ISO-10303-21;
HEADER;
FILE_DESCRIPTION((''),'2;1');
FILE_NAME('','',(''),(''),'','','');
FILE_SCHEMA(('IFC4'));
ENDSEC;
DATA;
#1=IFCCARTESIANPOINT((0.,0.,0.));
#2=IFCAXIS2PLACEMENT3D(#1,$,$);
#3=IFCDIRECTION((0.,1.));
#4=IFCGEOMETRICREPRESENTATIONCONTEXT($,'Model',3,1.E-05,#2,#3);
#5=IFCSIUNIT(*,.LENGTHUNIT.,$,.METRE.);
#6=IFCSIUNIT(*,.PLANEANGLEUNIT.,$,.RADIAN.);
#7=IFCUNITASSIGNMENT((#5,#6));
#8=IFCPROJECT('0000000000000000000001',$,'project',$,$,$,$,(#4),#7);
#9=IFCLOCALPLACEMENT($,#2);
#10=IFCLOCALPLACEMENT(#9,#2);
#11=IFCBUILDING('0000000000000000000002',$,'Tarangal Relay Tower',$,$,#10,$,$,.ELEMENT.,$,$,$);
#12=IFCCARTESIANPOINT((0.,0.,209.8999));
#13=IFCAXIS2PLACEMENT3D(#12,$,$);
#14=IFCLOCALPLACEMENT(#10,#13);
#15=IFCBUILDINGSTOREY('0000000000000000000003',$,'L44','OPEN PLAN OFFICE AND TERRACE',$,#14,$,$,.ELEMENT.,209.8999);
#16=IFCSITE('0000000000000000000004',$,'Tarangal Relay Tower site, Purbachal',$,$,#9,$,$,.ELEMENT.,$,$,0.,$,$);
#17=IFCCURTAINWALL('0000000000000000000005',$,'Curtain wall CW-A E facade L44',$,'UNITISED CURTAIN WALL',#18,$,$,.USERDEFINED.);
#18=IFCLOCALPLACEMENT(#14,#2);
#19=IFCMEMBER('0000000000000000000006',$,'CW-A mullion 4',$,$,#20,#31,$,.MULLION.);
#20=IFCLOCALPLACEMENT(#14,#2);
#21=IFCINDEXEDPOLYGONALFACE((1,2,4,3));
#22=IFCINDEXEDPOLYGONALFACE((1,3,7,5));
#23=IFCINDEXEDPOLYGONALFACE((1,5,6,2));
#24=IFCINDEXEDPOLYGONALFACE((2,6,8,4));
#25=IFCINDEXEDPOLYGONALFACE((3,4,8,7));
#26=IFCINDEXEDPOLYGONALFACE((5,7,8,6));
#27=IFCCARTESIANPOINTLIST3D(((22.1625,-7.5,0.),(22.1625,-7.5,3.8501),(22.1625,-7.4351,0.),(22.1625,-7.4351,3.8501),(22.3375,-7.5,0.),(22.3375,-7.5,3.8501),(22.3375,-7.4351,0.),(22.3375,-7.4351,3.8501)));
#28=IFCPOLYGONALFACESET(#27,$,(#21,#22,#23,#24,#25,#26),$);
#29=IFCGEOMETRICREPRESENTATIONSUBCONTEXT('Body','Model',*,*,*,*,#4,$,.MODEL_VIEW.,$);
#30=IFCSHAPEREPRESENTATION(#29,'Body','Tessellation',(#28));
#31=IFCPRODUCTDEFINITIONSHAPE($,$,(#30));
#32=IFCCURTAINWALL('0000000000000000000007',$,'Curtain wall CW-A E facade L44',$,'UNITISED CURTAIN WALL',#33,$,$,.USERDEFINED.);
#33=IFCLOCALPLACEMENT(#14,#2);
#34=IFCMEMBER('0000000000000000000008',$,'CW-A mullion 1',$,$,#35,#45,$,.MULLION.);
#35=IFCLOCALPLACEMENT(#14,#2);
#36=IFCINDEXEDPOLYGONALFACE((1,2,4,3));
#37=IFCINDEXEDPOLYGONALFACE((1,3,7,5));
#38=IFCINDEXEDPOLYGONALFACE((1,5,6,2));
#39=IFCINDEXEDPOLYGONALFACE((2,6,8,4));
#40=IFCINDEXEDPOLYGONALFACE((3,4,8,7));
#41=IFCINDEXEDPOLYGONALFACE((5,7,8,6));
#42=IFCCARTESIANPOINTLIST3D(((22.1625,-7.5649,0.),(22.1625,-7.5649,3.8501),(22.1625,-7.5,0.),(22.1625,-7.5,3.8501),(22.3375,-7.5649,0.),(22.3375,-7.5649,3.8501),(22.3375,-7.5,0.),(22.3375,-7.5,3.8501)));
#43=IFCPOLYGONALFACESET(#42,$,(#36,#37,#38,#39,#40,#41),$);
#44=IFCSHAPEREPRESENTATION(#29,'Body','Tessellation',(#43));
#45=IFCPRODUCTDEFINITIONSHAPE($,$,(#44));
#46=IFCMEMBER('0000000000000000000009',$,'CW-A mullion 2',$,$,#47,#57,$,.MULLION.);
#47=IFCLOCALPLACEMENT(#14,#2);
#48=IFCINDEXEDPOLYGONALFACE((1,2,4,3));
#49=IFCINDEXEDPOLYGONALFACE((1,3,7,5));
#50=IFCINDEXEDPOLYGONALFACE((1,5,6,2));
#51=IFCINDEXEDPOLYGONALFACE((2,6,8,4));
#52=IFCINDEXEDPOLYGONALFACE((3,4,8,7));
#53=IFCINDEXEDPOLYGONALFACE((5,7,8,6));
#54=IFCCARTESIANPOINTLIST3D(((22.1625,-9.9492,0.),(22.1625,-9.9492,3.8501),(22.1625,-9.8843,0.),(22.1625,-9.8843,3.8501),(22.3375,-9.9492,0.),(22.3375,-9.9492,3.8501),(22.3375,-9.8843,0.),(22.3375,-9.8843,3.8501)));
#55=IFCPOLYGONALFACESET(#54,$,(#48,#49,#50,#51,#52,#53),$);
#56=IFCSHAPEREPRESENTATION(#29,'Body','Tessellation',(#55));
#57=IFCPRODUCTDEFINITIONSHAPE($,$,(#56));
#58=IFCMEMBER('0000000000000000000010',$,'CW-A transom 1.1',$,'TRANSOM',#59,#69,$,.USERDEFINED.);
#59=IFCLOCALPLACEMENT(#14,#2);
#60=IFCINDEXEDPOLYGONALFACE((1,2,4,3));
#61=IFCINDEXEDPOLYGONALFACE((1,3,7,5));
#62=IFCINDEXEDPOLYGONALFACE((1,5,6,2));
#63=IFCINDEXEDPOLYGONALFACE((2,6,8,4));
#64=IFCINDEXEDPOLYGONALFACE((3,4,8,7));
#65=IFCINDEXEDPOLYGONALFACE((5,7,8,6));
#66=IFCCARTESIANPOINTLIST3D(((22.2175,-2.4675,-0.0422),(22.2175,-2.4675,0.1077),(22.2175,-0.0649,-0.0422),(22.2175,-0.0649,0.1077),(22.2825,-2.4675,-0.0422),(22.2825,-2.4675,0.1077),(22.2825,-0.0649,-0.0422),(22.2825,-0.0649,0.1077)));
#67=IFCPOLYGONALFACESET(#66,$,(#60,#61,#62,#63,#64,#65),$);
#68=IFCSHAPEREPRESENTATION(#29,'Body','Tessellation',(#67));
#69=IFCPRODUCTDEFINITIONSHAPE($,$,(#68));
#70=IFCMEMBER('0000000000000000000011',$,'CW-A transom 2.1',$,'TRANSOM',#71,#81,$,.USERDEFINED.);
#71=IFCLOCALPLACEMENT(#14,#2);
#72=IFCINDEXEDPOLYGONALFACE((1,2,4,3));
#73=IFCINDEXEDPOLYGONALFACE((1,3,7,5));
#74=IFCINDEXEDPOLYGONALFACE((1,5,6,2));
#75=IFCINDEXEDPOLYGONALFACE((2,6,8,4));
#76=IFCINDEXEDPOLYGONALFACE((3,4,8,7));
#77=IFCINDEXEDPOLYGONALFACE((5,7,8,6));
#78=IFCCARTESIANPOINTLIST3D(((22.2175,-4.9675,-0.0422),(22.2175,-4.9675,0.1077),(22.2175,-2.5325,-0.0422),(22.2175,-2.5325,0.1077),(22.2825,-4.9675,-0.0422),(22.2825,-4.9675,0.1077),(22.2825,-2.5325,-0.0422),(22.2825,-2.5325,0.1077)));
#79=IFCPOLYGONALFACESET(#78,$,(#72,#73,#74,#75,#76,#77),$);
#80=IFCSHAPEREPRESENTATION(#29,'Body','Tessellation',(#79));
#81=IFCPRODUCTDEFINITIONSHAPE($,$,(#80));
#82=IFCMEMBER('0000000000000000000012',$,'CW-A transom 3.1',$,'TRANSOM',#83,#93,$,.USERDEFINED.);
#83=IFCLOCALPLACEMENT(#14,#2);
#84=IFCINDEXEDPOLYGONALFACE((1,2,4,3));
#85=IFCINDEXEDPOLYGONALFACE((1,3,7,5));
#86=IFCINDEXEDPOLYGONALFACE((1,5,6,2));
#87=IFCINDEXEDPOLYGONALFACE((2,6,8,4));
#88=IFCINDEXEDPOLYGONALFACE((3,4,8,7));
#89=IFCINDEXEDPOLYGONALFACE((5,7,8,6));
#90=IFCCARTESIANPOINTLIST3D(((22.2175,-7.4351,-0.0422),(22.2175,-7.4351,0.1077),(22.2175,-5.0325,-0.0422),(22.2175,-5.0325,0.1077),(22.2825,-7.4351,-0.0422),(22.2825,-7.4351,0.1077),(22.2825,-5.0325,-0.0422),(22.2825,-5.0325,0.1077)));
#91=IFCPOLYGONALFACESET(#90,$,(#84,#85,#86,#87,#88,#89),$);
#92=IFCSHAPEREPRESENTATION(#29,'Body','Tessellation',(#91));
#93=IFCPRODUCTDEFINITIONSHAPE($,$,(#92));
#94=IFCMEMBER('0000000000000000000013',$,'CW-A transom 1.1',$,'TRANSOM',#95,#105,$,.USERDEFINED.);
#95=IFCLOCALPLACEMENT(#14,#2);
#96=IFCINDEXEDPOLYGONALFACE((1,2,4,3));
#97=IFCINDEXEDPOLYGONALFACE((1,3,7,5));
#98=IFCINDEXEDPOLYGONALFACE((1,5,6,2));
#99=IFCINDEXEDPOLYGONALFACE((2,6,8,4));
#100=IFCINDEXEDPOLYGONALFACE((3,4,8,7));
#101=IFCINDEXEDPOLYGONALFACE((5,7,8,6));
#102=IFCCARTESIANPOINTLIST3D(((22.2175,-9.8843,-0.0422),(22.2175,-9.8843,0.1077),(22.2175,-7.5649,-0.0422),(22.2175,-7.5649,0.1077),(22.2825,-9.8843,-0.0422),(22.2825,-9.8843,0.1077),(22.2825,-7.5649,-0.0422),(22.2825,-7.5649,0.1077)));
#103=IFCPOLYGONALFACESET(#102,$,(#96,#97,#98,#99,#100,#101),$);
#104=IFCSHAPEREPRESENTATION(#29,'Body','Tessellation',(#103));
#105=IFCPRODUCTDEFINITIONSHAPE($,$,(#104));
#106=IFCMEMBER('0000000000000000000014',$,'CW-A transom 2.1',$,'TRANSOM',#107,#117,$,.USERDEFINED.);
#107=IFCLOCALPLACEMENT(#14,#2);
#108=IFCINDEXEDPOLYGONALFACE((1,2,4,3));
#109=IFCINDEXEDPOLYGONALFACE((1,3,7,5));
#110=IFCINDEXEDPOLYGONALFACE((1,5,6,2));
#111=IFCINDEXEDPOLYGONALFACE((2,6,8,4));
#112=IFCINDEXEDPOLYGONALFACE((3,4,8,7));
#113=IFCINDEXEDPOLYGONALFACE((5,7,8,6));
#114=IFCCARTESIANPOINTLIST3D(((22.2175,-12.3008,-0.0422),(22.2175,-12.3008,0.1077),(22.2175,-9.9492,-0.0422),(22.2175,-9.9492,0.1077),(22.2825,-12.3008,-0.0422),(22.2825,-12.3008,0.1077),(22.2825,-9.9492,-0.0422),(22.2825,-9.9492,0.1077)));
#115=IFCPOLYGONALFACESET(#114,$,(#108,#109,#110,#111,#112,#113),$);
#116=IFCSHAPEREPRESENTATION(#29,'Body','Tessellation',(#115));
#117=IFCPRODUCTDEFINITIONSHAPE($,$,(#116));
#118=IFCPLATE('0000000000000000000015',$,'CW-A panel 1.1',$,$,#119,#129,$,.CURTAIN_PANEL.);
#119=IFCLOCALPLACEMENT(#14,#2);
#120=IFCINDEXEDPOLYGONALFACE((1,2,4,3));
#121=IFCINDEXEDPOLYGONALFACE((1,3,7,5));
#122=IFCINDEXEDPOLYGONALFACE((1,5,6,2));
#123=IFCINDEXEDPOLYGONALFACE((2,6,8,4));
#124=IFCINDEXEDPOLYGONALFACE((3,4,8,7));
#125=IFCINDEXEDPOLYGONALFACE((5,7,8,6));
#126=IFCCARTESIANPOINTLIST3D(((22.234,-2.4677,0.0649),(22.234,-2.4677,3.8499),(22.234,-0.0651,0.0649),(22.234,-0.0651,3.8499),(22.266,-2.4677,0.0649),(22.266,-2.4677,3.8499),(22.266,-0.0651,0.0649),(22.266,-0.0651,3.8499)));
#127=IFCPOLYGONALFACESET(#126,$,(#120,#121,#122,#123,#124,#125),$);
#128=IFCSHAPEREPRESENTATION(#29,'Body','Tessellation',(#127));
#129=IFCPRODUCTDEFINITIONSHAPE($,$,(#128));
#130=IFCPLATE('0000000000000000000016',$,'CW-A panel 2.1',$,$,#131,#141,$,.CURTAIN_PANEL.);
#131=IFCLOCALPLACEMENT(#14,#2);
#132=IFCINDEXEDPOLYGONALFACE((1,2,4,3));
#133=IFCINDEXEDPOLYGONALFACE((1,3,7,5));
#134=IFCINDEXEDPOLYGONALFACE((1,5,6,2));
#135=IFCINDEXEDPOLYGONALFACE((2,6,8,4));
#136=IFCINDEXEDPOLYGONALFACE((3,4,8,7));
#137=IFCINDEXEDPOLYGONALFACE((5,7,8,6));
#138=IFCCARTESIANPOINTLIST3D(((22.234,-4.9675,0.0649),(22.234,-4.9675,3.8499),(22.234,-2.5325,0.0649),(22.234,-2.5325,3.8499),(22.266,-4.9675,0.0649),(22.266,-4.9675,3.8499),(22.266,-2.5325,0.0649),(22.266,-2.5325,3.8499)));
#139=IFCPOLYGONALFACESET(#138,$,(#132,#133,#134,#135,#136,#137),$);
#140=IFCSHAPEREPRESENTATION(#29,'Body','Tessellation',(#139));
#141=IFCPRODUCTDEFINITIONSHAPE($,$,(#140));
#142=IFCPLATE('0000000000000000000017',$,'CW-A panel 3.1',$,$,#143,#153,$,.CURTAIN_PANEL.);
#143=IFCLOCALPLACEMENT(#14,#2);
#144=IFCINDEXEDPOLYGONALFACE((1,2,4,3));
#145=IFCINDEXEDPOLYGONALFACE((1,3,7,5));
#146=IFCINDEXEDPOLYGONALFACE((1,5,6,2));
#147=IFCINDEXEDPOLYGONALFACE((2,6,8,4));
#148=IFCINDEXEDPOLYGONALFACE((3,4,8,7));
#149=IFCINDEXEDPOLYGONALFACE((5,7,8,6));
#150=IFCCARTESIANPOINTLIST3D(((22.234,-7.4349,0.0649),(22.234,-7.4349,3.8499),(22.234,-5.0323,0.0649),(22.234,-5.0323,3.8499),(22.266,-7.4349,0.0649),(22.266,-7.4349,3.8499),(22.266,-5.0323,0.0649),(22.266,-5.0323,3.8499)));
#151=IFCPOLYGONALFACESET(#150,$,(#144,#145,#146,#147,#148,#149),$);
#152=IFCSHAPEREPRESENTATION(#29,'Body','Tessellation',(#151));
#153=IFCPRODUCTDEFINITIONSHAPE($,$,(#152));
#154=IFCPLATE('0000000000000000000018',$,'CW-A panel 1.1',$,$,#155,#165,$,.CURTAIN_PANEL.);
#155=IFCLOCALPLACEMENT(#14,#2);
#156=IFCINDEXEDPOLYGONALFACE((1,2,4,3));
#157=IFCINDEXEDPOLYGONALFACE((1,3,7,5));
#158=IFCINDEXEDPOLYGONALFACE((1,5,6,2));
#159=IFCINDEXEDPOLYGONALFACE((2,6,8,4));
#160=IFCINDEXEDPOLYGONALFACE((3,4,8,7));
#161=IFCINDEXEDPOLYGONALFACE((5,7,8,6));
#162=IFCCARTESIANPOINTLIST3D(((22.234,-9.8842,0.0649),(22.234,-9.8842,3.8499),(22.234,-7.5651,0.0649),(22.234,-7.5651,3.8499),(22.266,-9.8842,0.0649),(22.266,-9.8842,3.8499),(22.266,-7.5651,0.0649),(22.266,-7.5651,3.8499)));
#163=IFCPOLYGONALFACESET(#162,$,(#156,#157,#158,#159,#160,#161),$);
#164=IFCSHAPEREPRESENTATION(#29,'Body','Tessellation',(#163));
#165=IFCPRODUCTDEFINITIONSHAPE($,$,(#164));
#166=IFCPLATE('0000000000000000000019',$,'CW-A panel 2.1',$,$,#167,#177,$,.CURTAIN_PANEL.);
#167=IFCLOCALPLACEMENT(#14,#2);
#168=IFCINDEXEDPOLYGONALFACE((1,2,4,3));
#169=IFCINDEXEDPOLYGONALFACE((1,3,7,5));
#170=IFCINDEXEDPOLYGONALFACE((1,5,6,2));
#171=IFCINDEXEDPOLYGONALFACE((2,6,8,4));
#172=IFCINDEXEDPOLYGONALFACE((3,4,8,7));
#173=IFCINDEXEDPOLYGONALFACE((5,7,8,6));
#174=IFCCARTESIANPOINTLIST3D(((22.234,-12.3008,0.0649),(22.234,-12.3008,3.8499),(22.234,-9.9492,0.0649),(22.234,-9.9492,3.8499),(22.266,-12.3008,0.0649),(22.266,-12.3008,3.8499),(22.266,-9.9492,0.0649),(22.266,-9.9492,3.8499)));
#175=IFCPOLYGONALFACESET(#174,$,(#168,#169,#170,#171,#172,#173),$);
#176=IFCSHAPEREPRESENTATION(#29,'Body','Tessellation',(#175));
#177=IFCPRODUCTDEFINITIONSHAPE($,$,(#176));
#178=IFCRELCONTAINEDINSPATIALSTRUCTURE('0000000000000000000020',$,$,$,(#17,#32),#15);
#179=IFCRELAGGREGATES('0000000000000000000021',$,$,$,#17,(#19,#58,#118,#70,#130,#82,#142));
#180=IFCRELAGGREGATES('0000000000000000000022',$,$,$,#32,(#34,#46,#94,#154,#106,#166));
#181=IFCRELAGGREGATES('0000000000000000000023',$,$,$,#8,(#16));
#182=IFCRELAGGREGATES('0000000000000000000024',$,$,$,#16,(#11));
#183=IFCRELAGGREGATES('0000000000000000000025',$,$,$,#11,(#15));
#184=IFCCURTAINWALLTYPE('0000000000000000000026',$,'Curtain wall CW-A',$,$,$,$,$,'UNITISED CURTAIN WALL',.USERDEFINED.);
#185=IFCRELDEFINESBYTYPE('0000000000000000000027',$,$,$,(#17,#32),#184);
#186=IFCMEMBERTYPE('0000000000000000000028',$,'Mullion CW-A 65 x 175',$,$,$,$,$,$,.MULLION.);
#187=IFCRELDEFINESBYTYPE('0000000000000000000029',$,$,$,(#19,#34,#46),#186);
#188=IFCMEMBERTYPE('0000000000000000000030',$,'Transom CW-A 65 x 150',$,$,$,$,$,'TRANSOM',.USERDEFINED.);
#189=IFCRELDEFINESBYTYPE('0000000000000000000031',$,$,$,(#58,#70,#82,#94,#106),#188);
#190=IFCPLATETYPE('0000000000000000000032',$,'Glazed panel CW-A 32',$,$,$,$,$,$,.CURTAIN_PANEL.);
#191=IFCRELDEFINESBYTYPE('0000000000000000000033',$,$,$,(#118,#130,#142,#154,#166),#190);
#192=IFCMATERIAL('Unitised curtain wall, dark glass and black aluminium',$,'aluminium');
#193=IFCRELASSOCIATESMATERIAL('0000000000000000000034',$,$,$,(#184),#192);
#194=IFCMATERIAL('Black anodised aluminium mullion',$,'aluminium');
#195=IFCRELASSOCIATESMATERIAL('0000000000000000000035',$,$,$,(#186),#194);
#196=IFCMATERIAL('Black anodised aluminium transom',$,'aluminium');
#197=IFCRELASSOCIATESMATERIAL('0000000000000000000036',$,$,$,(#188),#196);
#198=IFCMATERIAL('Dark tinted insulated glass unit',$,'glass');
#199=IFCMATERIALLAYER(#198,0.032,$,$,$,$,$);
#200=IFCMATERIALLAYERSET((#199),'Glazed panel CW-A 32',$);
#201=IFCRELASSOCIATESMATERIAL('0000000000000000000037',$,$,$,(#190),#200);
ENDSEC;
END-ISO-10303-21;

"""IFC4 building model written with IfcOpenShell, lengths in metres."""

from ifc_helpers import new_model, si_unit, direction, frame, origin, origin_2d, place, context, subcontext, project, spatial, rectangle, extrude, material, layer, layer_set, material_profile, profile_set, type_object, element, aggregate, save


model = new_model("IFC4")

# Units and contexts
model_context = context("Model", 3, precision=1e-05, world=origin(), true_north=direction((0.0, 1.0)))
body_context = subcontext(model_context, "Body", "Model", "MODEL_VIEW")
ifc_project = project(units=[si_unit("LENGTHUNIT", "METRE"), si_unit("PLANEANGLEUNIT", "RADIAN")], contexts=[model_context])

# Site, building, storey
site_placement = place(None, origin())
site = spatial("IfcSite", under=ifc_project, at=site_placement, Name="Tarangal Relay Tower site, Purbachal", CompositionType="ELEMENT", RefElevation=0.0)
building_placement = place(site_placement, origin())
building = spatial("IfcBuilding", under=site, at=building_placement, Name="Tarangal Relay Tower", CompositionType="ELEMENT")
storey_placement = place(building_placement, frame((0.0, 0.0, 209.8999)))
storey = spatial("IfcBuildingStorey", under=building, at=storey_placement, Name="L44", Description="OPEN PLAN OFFICE AND TERRACE", CompositionType="ELEMENT", Elevation=209.8999)

# Curtain walls, members
ifc_material_1 = material(Name="Unitised curtain wall, dark glass and black aluminium", Category="aluminium")
curtain_wall_type = type_object("IfcCurtainWallType", Name="Curtain wall CW-A", ElementType="UNITISED CURTAIN WALL", PredefinedType="USERDEFINED", material=ifc_material_1)
curtain_wall_1_placement = place(storey_placement, origin())
curtain_wall_1 = element("IfcCurtainWall", 1, at=curtain_wall_1_placement, inside=storey, type_object=curtain_wall_type, Name="Curtain wall CW-A E facade L44", ObjectType="UNITISED CURTAIN WALL", PredefinedType="USERDEFINED")
ifc_material_2 = material(Name="Black anodised aluminium mullion", Category="aluminium")
ifc_material_profile_1 = material_profile(ifc_material_2, rectangle(XDim=0.175, YDim=0.0649, at=origin_2d()), Name="CW-AM 65X175")
ifc_profile_set_1 = profile_set([ifc_material_profile_1], Name="Black anodised aluminium mullion")
member_type_1 = type_object("IfcMemberType", Name="Mullion CW-A 65 x 175", PredefinedType="MULLION", material=ifc_profile_set_1)
member_1_placement = place(storey_placement, frame((22.25, -7.4675, 0.0), z_axis=(0.0, 0.0, 1.0), x_axis=(1.0, 0.0, 0.0)))
member_1 = element("IfcMember", 2, at=member_1_placement, type_object=member_type_1, Name="CW-A mullion 4", PredefinedType="MULLION", context=body_context, shape_type="SweptSolid", body=[
    extrude(rectangle(XDim=0.175, YDim=0.0649, at=origin_2d()), origin(), (0.0, 0.0, 1.0), 3.8501),
])
curtain_wall_2_placement = place(storey_placement, origin())
curtain_wall_2 = element("IfcCurtainWall", 3, at=curtain_wall_2_placement, inside=storey, type_object=curtain_wall_type, Name="Curtain wall CW-A E facade L44", ObjectType="UNITISED CURTAIN WALL", PredefinedType="USERDEFINED")
member_2_placement = place(storey_placement, frame((22.25, -7.5325, 0.0), z_axis=(0.0, 0.0, 1.0), x_axis=(1.0, 0.0, 0.0)))
member_2 = element("IfcMember", 4, at=member_2_placement, type_object=member_type_1, Name="CW-A mullion 1", PredefinedType="MULLION", context=body_context, shape_type="SweptSolid", body=[
    extrude(rectangle(XDim=0.175, YDim=0.0649, at=origin_2d()), origin(), (0.0, 0.0, 1.0), 3.8501),
])
member_3_placement = place(storey_placement, frame((22.25, -9.9167, 0.0), z_axis=(0.0, 0.0, 1.0), x_axis=(1.0, 0.0, 0.0)))
member_3 = element("IfcMember", 5, at=member_3_placement, type_object=member_type_1, Name="CW-A mullion 2", PredefinedType="MULLION", context=body_context, shape_type="SweptSolid", body=[
    extrude(rectangle(XDim=0.175, YDim=0.0649, at=origin_2d()), origin(), (0.0, 0.0, 1.0), 3.8501),
])

# Members
ifc_material_3 = material(Name="Black anodised aluminium transom", Category="aluminium")
ifc_material_profile_2 = material_profile(ifc_material_3, rectangle(XDim=0.0649, YDim=0.1499, at=origin_2d()), Name="CW-AT 65X150")
ifc_profile_set_2 = profile_set([ifc_material_profile_2], Name="Black anodised aluminium transom")
member_type_2 = type_object("IfcMemberType", Name="Transom CW-A 65 x 150", ElementType="TRANSOM", PredefinedType="USERDEFINED", material=ifc_profile_set_2)
member_4_placement = place(storey_placement, frame((22.25, -0.0649, 0.0327), z_axis=(0.0, -1.0, 0.0), x_axis=(1.0, 0.0, 0.0)))
member_4 = element("IfcMember", 6, at=member_4_placement, type_object=member_type_2, Name="CW-A transom 1.1", ObjectType="TRANSOM", PredefinedType="USERDEFINED", context=body_context, shape_type="SweptSolid", body=[
    extrude(rectangle(XDim=0.0649, YDim=0.1499, at=origin_2d()), origin(), (0.0, 0.0, 1.0), 2.4026),
])
member_5_placement = place(storey_placement, frame((22.25, -2.5325, 0.0327), z_axis=(0.0, -1.0, 0.0), x_axis=(1.0, 0.0, 0.0)))
member_5 = element("IfcMember", 7, at=member_5_placement, type_object=member_type_2, Name="CW-A transom 2.1", ObjectType="TRANSOM", PredefinedType="USERDEFINED", context=body_context, shape_type="SweptSolid", body=[
    extrude(rectangle(XDim=0.0649, YDim=0.1499, at=origin_2d()), origin(), (0.0, 0.0, 1.0), 2.4351),
])
member_6_placement = place(storey_placement, frame((22.25, -5.0325, 0.0327), z_axis=(0.0, -1.0, 0.0), x_axis=(1.0, 0.0, 0.0)))
member_6 = element("IfcMember", 8, at=member_6_placement, type_object=member_type_2, Name="CW-A transom 3.1", ObjectType="TRANSOM", PredefinedType="USERDEFINED", context=body_context, shape_type="SweptSolid", body=[
    extrude(rectangle(XDim=0.0649, YDim=0.1499, at=origin_2d()), origin(), (0.0, 0.0, 1.0), 2.4026),
])
member_7_placement = place(storey_placement, frame((22.25, -7.5649, 0.0327), z_axis=(0.0, -1.0, 0.0), x_axis=(1.0, 0.0, 0.0)))
member_7 = element("IfcMember", 9, at=member_7_placement, type_object=member_type_2, Name="CW-A transom 1.1", ObjectType="TRANSOM", PredefinedType="USERDEFINED", context=body_context, shape_type="SweptSolid", body=[
    extrude(rectangle(XDim=0.0649, YDim=0.1499, at=origin_2d()), origin(), (0.0, 0.0, 1.0), 2.3193),
])
member_8_placement = place(storey_placement, frame((22.25, -9.9492, 0.0327), z_axis=(0.0, -1.0, 0.0), x_axis=(1.0, 0.0, 0.0)))
member_8 = element("IfcMember", 10, at=member_8_placement, type_object=member_type_2, Name="CW-A transom 2.1", ObjectType="TRANSOM", PredefinedType="USERDEFINED", context=body_context, shape_type="SweptSolid", body=[
    extrude(rectangle(XDim=0.0649, YDim=0.1499, at=origin_2d()), origin(), (0.0, 0.0, 1.0), 2.3516),
])

# Plates
ifc_material_4 = material(Name="Dark tinted insulated glass unit", Category="glass")
ifc_layer_1 = layer(ifc_material_4, 0.032)
ifc_layer_set_1 = layer_set([ifc_layer_1], Name="Glazed panel CW-A 32")
plate_type = type_object("IfcPlateType", Name="Glazed panel CW-A 32", PredefinedType="CURTAIN_PANEL", material=ifc_layer_set_1)
plate_1_placement = place(storey_placement, frame((22.25, -1.2664, 0.0649), z_axis=(0.0, 0.0, 1.0), x_axis=(0.0, -1.0, 0.0)))
plate_1 = element("IfcPlate", 11, at=plate_1_placement, type_object=plate_type, Name="CW-A panel 1.1", PredefinedType="CURTAIN_PANEL", context=body_context, shape_type="SweptSolid", body=[
    extrude(rectangle(XDim=2.4026, YDim=0.032, at=origin_2d()), origin(), (0.0, 0.0, 1.0), 3.7849),
])
plate_2_placement = place(storey_placement, frame((22.25, -3.75, 0.0649), z_axis=(0.0, 0.0, 1.0), x_axis=(0.0, -1.0, 0.0)))
plate_2 = element("IfcPlate", 12, at=plate_2_placement, type_object=plate_type, Name="CW-A panel 2.1", PredefinedType="CURTAIN_PANEL", context=body_context, shape_type="SweptSolid", body=[
    extrude(rectangle(XDim=2.4351, YDim=0.032, at=origin_2d()), origin(), (0.0, 0.0, 1.0), 3.7849),
])
plate_3_placement = place(storey_placement, frame((22.25, -6.2336, 0.0649), z_axis=(0.0, 0.0, 1.0), x_axis=(0.0, -1.0, 0.0)))
plate_3 = element("IfcPlate", 13, at=plate_3_placement, type_object=plate_type, Name="CW-A panel 3.1", PredefinedType="CURTAIN_PANEL", context=body_context, shape_type="SweptSolid", body=[
    extrude(rectangle(XDim=2.4026, YDim=0.032, at=origin_2d()), origin(), (0.0, 0.0, 1.0), 3.7849),
])
aggregate(curtain_wall_1, [member_1, member_4, plate_1, member_5, plate_2, member_6, plate_3])
plate_4_placement = place(storey_placement, frame((22.25, -8.7246, 0.0649), z_axis=(0.0, 0.0, 1.0), x_axis=(0.0, -1.0, 0.0)))
plate_4 = element("IfcPlate", 14, at=plate_4_placement, type_object=plate_type, Name="CW-A panel 1.1", PredefinedType="CURTAIN_PANEL", context=body_context, shape_type="SweptSolid", body=[
    extrude(rectangle(XDim=2.3191, YDim=0.032, at=origin_2d()), origin(), (0.0, 0.0, 1.0), 3.7849),
])
plate_5_placement = place(storey_placement, frame((22.25, -11.125, 0.0649), z_axis=(0.0, 0.0, 1.0), x_axis=(0.0, -1.0, 0.0)))
plate_5 = element("IfcPlate", 15, at=plate_5_placement, type_object=plate_type, Name="CW-A panel 2.1", PredefinedType="CURTAIN_PANEL", context=body_context, shape_type="SweptSolid", body=[
    extrude(rectangle(XDim=2.3516, YDim=0.032, at=origin_2d()), origin(), (0.0, 0.0, 1.0), 3.7849),
])
aggregate(curtain_wall_2, [member_2, member_3, member_7, plate_4, member_8, plate_5])

save(model, "model.ifc")
